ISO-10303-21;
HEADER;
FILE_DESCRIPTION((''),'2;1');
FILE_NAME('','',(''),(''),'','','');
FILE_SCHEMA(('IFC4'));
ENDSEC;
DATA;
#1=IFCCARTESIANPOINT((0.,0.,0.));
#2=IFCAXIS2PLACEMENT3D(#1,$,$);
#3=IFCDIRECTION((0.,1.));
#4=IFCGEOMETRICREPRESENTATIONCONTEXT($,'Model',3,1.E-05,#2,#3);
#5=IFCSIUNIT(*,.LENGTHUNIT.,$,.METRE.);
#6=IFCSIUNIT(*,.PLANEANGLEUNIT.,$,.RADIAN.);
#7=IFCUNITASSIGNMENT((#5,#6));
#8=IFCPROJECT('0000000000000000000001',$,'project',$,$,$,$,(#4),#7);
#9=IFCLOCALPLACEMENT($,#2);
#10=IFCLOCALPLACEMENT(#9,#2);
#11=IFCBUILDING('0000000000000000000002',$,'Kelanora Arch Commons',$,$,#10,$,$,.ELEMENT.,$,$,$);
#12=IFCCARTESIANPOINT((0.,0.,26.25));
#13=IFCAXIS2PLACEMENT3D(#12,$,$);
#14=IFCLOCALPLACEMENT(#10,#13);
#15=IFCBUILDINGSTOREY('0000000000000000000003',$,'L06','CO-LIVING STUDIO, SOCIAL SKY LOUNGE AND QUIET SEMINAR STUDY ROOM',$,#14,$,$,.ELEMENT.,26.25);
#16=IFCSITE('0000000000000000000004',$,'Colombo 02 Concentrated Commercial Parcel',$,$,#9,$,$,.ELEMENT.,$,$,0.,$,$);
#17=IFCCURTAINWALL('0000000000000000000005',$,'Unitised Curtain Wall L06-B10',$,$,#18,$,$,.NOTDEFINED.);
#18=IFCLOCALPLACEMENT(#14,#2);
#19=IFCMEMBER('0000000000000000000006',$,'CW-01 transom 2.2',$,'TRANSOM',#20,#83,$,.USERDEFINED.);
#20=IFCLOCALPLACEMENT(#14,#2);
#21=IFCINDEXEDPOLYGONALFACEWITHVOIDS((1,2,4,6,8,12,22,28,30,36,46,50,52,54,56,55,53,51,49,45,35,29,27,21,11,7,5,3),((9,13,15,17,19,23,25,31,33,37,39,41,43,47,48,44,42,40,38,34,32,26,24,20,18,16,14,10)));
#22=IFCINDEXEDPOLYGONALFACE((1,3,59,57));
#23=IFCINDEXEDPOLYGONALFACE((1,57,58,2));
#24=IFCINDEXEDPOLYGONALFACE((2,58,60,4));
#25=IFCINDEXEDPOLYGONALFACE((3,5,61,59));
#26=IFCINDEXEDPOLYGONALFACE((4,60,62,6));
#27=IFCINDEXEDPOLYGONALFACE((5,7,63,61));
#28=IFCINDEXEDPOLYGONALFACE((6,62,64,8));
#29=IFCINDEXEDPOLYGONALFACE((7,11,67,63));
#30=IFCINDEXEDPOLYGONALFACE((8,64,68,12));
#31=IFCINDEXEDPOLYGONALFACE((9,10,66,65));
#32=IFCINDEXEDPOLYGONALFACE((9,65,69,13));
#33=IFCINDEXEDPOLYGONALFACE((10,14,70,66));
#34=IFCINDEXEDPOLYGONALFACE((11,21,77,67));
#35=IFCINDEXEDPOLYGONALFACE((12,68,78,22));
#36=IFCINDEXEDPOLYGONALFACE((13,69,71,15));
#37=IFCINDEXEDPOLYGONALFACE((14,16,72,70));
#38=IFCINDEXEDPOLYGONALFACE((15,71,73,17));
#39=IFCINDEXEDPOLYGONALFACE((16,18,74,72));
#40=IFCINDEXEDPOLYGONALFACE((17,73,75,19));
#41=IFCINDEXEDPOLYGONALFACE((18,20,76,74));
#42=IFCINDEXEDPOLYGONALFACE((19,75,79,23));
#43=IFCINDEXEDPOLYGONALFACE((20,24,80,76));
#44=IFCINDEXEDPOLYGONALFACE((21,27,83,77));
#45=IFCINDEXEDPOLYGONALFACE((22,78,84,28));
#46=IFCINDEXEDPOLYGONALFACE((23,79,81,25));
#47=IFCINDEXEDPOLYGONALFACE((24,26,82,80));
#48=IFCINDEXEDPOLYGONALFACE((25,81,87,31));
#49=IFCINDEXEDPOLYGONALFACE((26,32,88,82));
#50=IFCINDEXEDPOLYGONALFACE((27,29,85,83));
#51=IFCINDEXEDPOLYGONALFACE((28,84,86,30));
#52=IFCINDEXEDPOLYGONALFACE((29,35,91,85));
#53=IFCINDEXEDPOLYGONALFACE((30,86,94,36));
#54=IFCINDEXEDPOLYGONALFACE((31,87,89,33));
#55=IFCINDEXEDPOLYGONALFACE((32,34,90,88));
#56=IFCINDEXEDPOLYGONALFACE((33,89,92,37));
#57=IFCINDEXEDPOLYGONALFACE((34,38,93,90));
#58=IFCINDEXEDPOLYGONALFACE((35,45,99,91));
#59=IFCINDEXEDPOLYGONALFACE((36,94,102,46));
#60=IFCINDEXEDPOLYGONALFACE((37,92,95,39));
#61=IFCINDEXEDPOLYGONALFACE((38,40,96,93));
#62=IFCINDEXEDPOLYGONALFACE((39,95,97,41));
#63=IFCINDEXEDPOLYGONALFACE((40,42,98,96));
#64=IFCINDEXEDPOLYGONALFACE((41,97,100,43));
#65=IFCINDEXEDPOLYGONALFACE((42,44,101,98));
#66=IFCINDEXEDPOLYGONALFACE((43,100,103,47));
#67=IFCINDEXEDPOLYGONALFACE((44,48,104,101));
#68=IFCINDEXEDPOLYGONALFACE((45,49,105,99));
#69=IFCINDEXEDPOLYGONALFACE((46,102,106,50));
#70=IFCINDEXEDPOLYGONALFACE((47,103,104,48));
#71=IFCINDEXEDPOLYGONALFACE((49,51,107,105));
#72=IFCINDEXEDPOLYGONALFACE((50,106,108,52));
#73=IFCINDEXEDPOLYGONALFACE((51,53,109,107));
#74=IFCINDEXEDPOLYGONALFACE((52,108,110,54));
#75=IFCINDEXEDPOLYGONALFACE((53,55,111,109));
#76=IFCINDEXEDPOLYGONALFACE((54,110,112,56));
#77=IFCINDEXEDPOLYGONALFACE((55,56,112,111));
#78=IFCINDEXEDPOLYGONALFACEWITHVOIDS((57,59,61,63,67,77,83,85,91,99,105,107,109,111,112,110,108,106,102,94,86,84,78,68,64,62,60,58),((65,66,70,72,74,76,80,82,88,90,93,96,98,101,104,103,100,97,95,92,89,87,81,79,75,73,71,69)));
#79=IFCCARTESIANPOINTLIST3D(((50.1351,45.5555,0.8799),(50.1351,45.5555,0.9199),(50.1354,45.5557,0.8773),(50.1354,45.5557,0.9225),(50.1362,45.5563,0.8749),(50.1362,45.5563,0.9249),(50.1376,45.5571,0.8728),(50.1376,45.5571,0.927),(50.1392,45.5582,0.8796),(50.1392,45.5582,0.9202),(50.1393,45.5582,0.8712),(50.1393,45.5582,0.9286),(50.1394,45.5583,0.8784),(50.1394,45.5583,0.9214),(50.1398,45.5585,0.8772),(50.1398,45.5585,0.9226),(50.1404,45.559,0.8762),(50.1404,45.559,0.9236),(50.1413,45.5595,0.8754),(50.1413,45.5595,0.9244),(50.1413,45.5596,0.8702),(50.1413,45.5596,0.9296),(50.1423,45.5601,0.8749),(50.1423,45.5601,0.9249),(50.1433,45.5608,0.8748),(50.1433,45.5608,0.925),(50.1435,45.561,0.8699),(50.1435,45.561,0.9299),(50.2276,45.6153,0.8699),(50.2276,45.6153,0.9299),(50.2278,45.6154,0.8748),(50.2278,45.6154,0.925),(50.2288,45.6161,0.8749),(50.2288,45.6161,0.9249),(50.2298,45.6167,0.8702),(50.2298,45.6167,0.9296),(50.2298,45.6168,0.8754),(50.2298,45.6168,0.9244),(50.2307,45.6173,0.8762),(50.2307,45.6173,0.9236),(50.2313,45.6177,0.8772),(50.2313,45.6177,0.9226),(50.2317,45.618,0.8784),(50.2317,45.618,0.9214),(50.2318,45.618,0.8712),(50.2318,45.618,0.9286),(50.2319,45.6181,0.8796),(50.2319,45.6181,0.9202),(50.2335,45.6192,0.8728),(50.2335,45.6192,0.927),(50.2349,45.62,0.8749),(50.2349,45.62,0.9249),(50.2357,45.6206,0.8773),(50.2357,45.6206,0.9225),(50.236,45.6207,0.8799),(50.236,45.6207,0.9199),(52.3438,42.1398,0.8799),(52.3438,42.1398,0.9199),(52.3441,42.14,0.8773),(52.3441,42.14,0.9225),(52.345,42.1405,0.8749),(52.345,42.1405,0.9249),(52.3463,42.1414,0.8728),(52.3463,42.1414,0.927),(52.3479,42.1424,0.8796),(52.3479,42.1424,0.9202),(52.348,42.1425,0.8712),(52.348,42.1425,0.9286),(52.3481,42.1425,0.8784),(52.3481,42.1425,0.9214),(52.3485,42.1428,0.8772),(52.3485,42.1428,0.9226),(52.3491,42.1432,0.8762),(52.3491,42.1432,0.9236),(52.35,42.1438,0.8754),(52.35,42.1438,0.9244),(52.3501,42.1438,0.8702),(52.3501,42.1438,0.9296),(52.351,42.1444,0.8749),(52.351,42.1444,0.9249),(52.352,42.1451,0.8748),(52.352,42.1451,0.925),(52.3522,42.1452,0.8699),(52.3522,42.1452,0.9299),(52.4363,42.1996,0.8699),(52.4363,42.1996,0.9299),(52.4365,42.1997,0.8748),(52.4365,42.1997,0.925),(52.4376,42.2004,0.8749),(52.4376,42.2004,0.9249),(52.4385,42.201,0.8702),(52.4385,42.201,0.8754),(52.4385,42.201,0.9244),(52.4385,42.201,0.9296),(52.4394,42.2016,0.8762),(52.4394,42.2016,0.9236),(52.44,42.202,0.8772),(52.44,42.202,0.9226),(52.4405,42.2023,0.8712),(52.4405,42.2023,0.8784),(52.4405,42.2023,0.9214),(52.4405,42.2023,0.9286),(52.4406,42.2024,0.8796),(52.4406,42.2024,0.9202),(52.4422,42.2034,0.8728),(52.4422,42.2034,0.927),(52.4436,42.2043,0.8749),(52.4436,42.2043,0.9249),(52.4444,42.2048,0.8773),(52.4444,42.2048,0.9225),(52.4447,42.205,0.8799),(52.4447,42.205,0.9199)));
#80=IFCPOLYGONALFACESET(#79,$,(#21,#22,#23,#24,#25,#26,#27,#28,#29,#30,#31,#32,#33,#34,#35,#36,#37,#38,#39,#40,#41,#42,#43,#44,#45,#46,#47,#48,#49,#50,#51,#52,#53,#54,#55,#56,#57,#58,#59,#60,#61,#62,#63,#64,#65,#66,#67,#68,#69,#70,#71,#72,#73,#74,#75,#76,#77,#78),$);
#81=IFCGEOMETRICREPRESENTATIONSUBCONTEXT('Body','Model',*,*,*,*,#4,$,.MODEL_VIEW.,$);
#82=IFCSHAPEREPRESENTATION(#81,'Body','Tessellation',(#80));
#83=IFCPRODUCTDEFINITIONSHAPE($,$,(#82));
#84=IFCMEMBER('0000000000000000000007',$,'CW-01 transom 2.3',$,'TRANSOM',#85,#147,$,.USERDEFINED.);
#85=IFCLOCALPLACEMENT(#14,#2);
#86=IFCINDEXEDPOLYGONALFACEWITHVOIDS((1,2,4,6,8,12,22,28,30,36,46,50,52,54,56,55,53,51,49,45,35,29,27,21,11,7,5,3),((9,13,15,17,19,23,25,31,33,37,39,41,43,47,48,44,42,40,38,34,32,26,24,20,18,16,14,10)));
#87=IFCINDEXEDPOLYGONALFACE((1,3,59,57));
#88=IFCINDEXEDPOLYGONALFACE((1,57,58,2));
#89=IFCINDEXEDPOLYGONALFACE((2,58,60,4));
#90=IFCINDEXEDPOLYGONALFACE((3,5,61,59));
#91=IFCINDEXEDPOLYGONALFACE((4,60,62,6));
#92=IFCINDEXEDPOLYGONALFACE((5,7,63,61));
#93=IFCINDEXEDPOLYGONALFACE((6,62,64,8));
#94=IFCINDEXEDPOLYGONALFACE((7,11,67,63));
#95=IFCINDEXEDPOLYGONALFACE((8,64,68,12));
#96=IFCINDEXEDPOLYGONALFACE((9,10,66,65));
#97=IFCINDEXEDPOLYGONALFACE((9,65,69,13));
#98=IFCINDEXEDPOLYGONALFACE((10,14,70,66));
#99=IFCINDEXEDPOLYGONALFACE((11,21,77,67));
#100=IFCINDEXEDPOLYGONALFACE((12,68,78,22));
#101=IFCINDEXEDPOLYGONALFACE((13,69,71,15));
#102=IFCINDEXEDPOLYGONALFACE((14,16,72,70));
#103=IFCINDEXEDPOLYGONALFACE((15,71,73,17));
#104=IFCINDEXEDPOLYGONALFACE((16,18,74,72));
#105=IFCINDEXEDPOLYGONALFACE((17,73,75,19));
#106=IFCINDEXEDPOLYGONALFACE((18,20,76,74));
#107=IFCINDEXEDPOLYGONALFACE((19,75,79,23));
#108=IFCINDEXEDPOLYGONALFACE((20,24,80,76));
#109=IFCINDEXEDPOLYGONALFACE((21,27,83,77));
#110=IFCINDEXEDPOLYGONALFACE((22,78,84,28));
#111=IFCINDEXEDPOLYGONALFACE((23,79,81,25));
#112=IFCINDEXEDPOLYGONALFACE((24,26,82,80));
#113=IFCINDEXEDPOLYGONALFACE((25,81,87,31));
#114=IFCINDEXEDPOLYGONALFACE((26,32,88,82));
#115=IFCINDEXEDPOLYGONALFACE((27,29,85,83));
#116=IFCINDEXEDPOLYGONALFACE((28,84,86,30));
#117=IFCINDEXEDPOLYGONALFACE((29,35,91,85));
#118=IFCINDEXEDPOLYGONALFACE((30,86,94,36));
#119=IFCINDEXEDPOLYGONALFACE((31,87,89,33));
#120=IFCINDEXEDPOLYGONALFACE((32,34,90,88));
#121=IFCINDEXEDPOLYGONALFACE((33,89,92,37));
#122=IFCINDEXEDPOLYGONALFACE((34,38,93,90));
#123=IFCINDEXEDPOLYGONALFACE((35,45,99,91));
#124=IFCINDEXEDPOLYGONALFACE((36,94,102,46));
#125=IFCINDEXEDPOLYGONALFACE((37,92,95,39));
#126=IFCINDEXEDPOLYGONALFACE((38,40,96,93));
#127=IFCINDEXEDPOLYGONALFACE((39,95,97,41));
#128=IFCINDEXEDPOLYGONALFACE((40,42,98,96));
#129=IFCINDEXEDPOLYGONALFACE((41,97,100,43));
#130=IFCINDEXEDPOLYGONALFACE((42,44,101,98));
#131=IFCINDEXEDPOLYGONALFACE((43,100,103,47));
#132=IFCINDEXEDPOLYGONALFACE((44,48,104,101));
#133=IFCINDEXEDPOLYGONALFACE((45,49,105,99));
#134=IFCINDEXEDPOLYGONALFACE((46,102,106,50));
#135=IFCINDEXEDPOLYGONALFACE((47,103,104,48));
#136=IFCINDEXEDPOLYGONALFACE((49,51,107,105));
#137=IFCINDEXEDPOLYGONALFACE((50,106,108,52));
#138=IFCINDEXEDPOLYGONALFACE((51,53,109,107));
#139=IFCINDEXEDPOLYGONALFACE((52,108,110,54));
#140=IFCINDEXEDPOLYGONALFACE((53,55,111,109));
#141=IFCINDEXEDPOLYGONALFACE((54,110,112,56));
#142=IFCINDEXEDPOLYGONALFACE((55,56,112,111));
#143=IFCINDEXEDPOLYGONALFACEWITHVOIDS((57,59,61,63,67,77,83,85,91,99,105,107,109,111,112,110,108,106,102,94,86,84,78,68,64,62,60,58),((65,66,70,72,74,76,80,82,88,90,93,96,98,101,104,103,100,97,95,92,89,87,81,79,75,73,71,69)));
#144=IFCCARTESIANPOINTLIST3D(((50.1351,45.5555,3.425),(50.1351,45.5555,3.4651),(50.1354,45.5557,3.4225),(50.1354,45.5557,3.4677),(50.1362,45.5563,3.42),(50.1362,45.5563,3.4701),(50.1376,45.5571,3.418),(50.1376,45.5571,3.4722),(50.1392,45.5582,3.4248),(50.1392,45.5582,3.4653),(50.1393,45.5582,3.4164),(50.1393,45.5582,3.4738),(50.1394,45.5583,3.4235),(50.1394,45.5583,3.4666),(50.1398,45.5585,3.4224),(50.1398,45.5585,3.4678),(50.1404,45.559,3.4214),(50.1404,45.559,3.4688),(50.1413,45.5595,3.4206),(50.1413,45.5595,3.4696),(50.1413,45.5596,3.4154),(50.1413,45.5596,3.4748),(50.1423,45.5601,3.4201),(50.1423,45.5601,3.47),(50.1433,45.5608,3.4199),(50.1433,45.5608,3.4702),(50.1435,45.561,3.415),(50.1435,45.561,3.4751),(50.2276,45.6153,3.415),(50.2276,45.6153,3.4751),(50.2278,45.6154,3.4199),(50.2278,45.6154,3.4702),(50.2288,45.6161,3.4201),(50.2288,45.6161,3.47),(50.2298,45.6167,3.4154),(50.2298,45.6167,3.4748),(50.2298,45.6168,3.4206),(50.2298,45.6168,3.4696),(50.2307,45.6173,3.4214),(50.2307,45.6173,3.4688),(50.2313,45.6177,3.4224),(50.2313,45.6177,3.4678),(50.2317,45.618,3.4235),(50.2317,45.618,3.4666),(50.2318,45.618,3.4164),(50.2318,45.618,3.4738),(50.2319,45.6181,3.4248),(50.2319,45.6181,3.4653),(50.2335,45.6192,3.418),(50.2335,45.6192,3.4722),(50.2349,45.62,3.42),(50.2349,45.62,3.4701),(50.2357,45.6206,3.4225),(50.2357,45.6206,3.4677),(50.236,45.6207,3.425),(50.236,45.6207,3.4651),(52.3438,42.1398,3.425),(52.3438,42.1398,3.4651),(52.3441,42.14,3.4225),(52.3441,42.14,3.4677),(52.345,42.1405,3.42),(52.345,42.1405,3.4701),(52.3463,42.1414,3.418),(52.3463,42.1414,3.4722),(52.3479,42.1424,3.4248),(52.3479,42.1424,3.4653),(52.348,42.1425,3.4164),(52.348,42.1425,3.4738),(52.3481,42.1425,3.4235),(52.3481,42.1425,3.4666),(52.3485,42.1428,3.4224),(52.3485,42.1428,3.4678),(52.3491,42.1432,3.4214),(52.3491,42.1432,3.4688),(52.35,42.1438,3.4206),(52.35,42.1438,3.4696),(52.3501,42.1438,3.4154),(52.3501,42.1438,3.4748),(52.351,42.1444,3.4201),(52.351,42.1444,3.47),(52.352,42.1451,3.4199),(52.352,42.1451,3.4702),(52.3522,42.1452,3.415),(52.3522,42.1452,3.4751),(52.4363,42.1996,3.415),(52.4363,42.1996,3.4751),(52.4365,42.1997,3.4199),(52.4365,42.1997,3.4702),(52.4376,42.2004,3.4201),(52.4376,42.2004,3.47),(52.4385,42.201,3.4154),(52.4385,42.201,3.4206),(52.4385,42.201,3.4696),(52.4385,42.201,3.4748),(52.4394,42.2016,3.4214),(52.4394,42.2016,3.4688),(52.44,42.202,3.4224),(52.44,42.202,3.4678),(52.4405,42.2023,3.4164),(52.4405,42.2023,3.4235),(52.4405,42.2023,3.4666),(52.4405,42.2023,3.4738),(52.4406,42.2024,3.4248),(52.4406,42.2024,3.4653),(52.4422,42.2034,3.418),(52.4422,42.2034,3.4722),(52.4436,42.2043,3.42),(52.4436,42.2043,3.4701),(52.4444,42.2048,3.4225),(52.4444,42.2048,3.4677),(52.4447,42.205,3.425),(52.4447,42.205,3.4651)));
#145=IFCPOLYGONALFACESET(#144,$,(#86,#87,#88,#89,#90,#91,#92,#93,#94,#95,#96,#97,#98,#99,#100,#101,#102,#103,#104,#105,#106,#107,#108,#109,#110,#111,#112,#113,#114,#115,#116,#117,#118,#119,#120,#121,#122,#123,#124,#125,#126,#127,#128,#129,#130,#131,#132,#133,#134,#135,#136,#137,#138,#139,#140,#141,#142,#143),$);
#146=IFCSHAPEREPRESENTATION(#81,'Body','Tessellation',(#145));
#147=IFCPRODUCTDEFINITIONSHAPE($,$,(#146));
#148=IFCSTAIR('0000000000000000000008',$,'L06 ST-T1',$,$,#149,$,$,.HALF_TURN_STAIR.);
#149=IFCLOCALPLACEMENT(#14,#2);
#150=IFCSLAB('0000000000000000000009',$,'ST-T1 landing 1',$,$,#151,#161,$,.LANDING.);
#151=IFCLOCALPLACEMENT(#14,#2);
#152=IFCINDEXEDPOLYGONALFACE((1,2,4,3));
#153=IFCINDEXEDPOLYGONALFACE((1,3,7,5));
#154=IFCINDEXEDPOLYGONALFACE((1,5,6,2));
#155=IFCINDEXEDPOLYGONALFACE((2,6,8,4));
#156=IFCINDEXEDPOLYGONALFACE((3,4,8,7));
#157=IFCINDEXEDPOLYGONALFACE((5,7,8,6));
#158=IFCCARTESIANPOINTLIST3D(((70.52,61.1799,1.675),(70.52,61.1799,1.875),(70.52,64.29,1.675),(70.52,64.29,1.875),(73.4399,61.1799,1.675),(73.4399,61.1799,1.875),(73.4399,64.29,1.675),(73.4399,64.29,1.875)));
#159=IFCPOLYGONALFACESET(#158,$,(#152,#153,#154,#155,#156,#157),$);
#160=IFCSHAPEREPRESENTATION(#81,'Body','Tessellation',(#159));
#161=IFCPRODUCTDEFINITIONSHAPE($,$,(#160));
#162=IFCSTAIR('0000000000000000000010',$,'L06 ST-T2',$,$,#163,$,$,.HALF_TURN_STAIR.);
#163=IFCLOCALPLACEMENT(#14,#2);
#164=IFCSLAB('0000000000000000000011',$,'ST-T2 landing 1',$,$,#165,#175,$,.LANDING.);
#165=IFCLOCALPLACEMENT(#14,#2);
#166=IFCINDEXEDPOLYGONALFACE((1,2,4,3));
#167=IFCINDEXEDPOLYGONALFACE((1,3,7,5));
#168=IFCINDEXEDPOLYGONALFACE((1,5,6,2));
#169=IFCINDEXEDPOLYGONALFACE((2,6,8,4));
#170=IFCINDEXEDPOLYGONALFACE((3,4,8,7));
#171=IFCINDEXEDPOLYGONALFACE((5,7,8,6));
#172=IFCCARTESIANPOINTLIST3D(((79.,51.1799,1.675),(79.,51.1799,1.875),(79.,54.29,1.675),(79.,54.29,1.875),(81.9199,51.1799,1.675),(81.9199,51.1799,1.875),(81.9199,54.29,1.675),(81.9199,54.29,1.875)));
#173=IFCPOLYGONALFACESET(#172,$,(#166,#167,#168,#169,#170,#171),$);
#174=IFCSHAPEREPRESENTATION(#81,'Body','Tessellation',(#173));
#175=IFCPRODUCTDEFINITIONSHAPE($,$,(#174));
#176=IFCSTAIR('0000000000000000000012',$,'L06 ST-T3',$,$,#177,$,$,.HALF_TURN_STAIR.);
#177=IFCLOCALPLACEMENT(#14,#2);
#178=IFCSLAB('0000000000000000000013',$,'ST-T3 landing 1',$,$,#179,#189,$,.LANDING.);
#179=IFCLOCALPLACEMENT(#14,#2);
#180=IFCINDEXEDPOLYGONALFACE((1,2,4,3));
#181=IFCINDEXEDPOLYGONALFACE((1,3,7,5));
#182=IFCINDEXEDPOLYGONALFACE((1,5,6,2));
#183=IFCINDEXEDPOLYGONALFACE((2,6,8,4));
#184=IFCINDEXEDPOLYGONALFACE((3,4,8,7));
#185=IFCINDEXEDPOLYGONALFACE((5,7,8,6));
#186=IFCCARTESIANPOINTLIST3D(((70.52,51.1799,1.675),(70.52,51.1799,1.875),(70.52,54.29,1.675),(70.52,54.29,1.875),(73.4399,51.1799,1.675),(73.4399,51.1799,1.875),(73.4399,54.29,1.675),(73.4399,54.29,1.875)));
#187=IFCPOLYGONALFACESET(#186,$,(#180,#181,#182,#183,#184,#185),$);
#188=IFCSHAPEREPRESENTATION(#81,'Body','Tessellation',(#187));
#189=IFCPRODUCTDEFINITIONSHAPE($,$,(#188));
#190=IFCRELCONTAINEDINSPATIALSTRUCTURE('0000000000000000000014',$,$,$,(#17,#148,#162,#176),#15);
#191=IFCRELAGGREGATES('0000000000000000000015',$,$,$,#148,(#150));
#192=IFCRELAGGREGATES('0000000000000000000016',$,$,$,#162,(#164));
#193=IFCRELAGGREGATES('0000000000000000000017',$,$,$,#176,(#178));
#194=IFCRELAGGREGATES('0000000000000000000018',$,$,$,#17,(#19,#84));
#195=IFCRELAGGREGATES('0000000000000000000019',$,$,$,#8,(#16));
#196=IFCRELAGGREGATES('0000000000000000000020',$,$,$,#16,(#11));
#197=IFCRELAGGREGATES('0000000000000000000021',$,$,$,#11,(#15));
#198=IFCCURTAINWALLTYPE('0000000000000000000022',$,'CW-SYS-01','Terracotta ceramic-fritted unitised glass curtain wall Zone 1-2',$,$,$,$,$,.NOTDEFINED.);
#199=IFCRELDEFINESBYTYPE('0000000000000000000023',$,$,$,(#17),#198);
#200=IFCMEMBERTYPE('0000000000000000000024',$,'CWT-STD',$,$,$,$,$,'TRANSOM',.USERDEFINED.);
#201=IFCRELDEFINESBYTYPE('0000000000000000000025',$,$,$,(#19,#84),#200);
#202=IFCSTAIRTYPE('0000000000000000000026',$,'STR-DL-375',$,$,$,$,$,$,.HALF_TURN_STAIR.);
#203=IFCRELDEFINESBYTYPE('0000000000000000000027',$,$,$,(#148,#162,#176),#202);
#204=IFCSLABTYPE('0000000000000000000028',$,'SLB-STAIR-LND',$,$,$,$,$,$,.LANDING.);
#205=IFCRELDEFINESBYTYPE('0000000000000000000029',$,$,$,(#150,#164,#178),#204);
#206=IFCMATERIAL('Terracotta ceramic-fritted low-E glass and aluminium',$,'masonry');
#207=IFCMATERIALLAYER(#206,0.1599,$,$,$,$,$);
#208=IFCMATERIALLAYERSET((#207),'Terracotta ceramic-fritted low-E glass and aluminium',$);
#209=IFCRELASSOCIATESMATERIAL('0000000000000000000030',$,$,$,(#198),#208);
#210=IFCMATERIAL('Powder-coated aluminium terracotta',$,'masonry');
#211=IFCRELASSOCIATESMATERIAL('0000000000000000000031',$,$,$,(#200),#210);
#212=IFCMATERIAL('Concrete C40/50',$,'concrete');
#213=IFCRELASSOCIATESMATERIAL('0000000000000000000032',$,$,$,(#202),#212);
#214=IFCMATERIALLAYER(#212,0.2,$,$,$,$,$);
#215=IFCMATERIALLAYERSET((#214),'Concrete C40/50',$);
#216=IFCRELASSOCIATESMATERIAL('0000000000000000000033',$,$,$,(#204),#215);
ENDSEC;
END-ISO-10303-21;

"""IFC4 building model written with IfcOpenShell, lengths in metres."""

from ifc_helpers import new_model, si_unit, direction, frame, origin, origin_2d, place, context, subcontext, project, spatial, polyline, hollow_rectangle, outline, extrude, material, layer, layer_set, material_profile, profile_set, type_object, element, aggregate, save


model = new_model("IFC4")

# Units and contexts
model_context = context("Model", 3, precision=1e-05, world=origin(), true_north=direction((0.0, 1.0)))
body_context = subcontext(model_context, "Body", "Model", "MODEL_VIEW")
ifc_project = project(units=[si_unit("LENGTHUNIT", "METRE"), si_unit("PLANEANGLEUNIT", "RADIAN")], contexts=[model_context])

# Site, building, storey
site_placement = place(None, origin())
site = spatial("IfcSite", under=ifc_project, at=site_placement, Name="Colombo 02 Concentrated Commercial Parcel", CompositionType="ELEMENT", RefElevation=0.0)
building_placement = place(site_placement, origin())
building = spatial("IfcBuilding", under=site, at=building_placement, Name="Kelanora Arch Commons", CompositionType="ELEMENT")
storey_placement = place(building_placement, frame((0.0, 0.0, 26.25)))
storey = spatial("IfcBuildingStorey", under=building, at=storey_placement, Name="L06", Description="CO-LIVING STUDIO, SOCIAL SKY LOUNGE AND QUIET SEMINAR STUDY ROOM", CompositionType="ELEMENT", Elevation=26.25)

# Shared definitions
ifc_material_1 = material(Name="Terracotta ceramic-fritted low-E glass and aluminium", Category="masonry")
ifc_layer_1 = layer(ifc_material_1, 0.1599)
ifc_layer_set_1 = layer_set([ifc_layer_1], Name="Terracotta ceramic-fritted low-E glass and aluminium")
curtain_wall_type = type_object("IfcCurtainWallType", Name="CW-SYS-01", Description="Terracotta ceramic-fritted unitised glass curtain wall Zone 1-2", PredefinedType="NOTDEFINED", material=ifc_layer_set_1)
ifc_material_2 = material(Name="Powder-coated aluminium terracotta", Category="masonry")

# Curtain wall, members
curtain_wall_1_placement = place(storey_placement, origin())
curtain_wall_1 = element("IfcCurtainWall", 1, at=curtain_wall_1_placement, inside=storey, type_object=curtain_wall_type, Name="Unitised Curtain Wall L06-B10", PredefinedType="NOTDEFINED")
ifc_material_profile_1 = material_profile(ifc_material_2, hollow_rectangle(XDim=0.1201, YDim=0.0601, WallThickness=0.0049, InnerFilletRadius=0.0049, OuterFilletRadius=0.01, at=origin_2d()), Name="CWT120x60")
ifc_profile_set_1 = profile_set([ifc_material_profile_1], Name="Powder-coated aluminium terracotta")
member_type_1 = type_object("IfcMemberType", Name="CWT-STD", ElementType="TRANSOM", PredefinedType="USERDEFINED", material=ifc_profile_set_1)
member_1_placement = place(storey_placement, frame((50.1855, 45.5881, 0.8999), z_axis=(0.542997, -0.839734, 0.0), x_axis=(0.839734, 0.542997, 0.0)))
member_1 = element("IfcMember", 2, at=member_1_placement, type_object=member_type_1, Name="CW-01 transom 2.2", ObjectType="TRANSOM", PredefinedType="USERDEFINED", context=body_context, shape_type="SweptSolid", body=[
    extrude(hollow_rectangle(XDim=0.1201, YDim=0.0601, WallThickness=0.0049, InnerFilletRadius=0.0049, OuterFilletRadius=0.01, at=origin_2d()), origin(), (0.0, 0.0, 1.0), 4.0676),
])
member_2_placement = place(storey_placement, frame((50.1855, 45.5881, 3.4451), z_axis=(0.542997, -0.839734, 0.0), x_axis=(0.839734, 0.542997, 0.0)))
member_2 = element("IfcMember", 3, at=member_2_placement, type_object=member_type_1, Name="CW-01 transom 2.3", ObjectType="TRANSOM", PredefinedType="USERDEFINED", context=body_context, shape_type="SweptSolid", body=[
    extrude(hollow_rectangle(XDim=0.1201, YDim=0.0601, WallThickness=0.0049, InnerFilletRadius=0.0049, OuterFilletRadius=0.01, at=origin_2d()), origin(), (0.0, 0.0, 1.0), 4.0676),
])

# Stairs, slabs
ifc_material_3 = material(Name="Concrete C40/50", Category="concrete")
stair_type = type_object("IfcStairType", Name="STR-DL-375", PredefinedType="HALF_TURN_STAIR", material=ifc_material_3)
stair_1_placement = place(storey_placement, origin())
stair_1 = element("IfcStair", 4, at=stair_1_placement, inside=storey, type_object=stair_type, Name="L06 ST-T1", PredefinedType="HALF_TURN_STAIR")
ifc_layer_2 = layer(ifc_material_3, 0.2)
ifc_layer_set_2 = layer_set([ifc_layer_2], Name="Concrete C40/50")
slab_type_1 = type_object("IfcSlabType", Name="SLB-STAIR-LND", PredefinedType="LANDING", material=ifc_layer_set_2)
slab_1_placement = place(storey_placement, frame((0.0, 0.0, 1.675)))
slab_1 = element("IfcSlab", 5, at=slab_1_placement, type_object=slab_type_1, Name="ST-T1 landing 1", PredefinedType="LANDING", context=body_context, shape_type="SweptSolid", body=[
    extrude(outline(polyline([(70.52, 61.1799), (73.4399, 61.1799), (73.4399, 64.29), (70.52, 64.29), (70.52, 61.1799)])), origin(), (0.0, 0.0, 1.0), 0.2),
])
aggregate(stair_1, [slab_1])
stair_2_placement = place(storey_placement, origin())
stair_2 = element("IfcStair", 6, at=stair_2_placement, inside=storey, type_object=stair_type, Name="L06 ST-T2", PredefinedType="HALF_TURN_STAIR")
slab_2_placement = place(storey_placement, frame((0.0, 0.0, 1.675)))
slab_2 = element("IfcSlab", 7, at=slab_2_placement, type_object=slab_type_1, Name="ST-T2 landing 1", PredefinedType="LANDING", context=body_context, shape_type="SweptSolid", body=[
    extrude(outline(polyline([(79.0, 51.1799), (81.9199, 51.1799), (81.9199, 54.29), (79.0, 54.29), (79.0, 51.1799)])), origin(), (0.0, 0.0, 1.0), 0.2),
])
aggregate(stair_2, [slab_2])
stair_3_placement = place(storey_placement, origin())
stair_3 = element("IfcStair", 8, at=stair_3_placement, inside=storey, type_object=stair_type, Name="L06 ST-T3", PredefinedType="HALF_TURN_STAIR")
slab_3_placement = place(storey_placement, frame((0.0, 0.0, 1.675)))
slab_3 = element("IfcSlab", 9, at=slab_3_placement, type_object=slab_type_1, Name="ST-T3 landing 1", PredefinedType="LANDING", context=body_context, shape_type="SweptSolid", body=[
    extrude(outline(polyline([(70.52, 51.1799), (73.4399, 51.1799), (73.4399, 54.29), (70.52, 54.29), (70.52, 51.1799)])), origin(), (0.0, 0.0, 1.0), 0.2),
])
aggregate(stair_3, [slab_3])

aggregate(curtain_wall_1, [member_1, member_2])

save(model, "model.ifc")
